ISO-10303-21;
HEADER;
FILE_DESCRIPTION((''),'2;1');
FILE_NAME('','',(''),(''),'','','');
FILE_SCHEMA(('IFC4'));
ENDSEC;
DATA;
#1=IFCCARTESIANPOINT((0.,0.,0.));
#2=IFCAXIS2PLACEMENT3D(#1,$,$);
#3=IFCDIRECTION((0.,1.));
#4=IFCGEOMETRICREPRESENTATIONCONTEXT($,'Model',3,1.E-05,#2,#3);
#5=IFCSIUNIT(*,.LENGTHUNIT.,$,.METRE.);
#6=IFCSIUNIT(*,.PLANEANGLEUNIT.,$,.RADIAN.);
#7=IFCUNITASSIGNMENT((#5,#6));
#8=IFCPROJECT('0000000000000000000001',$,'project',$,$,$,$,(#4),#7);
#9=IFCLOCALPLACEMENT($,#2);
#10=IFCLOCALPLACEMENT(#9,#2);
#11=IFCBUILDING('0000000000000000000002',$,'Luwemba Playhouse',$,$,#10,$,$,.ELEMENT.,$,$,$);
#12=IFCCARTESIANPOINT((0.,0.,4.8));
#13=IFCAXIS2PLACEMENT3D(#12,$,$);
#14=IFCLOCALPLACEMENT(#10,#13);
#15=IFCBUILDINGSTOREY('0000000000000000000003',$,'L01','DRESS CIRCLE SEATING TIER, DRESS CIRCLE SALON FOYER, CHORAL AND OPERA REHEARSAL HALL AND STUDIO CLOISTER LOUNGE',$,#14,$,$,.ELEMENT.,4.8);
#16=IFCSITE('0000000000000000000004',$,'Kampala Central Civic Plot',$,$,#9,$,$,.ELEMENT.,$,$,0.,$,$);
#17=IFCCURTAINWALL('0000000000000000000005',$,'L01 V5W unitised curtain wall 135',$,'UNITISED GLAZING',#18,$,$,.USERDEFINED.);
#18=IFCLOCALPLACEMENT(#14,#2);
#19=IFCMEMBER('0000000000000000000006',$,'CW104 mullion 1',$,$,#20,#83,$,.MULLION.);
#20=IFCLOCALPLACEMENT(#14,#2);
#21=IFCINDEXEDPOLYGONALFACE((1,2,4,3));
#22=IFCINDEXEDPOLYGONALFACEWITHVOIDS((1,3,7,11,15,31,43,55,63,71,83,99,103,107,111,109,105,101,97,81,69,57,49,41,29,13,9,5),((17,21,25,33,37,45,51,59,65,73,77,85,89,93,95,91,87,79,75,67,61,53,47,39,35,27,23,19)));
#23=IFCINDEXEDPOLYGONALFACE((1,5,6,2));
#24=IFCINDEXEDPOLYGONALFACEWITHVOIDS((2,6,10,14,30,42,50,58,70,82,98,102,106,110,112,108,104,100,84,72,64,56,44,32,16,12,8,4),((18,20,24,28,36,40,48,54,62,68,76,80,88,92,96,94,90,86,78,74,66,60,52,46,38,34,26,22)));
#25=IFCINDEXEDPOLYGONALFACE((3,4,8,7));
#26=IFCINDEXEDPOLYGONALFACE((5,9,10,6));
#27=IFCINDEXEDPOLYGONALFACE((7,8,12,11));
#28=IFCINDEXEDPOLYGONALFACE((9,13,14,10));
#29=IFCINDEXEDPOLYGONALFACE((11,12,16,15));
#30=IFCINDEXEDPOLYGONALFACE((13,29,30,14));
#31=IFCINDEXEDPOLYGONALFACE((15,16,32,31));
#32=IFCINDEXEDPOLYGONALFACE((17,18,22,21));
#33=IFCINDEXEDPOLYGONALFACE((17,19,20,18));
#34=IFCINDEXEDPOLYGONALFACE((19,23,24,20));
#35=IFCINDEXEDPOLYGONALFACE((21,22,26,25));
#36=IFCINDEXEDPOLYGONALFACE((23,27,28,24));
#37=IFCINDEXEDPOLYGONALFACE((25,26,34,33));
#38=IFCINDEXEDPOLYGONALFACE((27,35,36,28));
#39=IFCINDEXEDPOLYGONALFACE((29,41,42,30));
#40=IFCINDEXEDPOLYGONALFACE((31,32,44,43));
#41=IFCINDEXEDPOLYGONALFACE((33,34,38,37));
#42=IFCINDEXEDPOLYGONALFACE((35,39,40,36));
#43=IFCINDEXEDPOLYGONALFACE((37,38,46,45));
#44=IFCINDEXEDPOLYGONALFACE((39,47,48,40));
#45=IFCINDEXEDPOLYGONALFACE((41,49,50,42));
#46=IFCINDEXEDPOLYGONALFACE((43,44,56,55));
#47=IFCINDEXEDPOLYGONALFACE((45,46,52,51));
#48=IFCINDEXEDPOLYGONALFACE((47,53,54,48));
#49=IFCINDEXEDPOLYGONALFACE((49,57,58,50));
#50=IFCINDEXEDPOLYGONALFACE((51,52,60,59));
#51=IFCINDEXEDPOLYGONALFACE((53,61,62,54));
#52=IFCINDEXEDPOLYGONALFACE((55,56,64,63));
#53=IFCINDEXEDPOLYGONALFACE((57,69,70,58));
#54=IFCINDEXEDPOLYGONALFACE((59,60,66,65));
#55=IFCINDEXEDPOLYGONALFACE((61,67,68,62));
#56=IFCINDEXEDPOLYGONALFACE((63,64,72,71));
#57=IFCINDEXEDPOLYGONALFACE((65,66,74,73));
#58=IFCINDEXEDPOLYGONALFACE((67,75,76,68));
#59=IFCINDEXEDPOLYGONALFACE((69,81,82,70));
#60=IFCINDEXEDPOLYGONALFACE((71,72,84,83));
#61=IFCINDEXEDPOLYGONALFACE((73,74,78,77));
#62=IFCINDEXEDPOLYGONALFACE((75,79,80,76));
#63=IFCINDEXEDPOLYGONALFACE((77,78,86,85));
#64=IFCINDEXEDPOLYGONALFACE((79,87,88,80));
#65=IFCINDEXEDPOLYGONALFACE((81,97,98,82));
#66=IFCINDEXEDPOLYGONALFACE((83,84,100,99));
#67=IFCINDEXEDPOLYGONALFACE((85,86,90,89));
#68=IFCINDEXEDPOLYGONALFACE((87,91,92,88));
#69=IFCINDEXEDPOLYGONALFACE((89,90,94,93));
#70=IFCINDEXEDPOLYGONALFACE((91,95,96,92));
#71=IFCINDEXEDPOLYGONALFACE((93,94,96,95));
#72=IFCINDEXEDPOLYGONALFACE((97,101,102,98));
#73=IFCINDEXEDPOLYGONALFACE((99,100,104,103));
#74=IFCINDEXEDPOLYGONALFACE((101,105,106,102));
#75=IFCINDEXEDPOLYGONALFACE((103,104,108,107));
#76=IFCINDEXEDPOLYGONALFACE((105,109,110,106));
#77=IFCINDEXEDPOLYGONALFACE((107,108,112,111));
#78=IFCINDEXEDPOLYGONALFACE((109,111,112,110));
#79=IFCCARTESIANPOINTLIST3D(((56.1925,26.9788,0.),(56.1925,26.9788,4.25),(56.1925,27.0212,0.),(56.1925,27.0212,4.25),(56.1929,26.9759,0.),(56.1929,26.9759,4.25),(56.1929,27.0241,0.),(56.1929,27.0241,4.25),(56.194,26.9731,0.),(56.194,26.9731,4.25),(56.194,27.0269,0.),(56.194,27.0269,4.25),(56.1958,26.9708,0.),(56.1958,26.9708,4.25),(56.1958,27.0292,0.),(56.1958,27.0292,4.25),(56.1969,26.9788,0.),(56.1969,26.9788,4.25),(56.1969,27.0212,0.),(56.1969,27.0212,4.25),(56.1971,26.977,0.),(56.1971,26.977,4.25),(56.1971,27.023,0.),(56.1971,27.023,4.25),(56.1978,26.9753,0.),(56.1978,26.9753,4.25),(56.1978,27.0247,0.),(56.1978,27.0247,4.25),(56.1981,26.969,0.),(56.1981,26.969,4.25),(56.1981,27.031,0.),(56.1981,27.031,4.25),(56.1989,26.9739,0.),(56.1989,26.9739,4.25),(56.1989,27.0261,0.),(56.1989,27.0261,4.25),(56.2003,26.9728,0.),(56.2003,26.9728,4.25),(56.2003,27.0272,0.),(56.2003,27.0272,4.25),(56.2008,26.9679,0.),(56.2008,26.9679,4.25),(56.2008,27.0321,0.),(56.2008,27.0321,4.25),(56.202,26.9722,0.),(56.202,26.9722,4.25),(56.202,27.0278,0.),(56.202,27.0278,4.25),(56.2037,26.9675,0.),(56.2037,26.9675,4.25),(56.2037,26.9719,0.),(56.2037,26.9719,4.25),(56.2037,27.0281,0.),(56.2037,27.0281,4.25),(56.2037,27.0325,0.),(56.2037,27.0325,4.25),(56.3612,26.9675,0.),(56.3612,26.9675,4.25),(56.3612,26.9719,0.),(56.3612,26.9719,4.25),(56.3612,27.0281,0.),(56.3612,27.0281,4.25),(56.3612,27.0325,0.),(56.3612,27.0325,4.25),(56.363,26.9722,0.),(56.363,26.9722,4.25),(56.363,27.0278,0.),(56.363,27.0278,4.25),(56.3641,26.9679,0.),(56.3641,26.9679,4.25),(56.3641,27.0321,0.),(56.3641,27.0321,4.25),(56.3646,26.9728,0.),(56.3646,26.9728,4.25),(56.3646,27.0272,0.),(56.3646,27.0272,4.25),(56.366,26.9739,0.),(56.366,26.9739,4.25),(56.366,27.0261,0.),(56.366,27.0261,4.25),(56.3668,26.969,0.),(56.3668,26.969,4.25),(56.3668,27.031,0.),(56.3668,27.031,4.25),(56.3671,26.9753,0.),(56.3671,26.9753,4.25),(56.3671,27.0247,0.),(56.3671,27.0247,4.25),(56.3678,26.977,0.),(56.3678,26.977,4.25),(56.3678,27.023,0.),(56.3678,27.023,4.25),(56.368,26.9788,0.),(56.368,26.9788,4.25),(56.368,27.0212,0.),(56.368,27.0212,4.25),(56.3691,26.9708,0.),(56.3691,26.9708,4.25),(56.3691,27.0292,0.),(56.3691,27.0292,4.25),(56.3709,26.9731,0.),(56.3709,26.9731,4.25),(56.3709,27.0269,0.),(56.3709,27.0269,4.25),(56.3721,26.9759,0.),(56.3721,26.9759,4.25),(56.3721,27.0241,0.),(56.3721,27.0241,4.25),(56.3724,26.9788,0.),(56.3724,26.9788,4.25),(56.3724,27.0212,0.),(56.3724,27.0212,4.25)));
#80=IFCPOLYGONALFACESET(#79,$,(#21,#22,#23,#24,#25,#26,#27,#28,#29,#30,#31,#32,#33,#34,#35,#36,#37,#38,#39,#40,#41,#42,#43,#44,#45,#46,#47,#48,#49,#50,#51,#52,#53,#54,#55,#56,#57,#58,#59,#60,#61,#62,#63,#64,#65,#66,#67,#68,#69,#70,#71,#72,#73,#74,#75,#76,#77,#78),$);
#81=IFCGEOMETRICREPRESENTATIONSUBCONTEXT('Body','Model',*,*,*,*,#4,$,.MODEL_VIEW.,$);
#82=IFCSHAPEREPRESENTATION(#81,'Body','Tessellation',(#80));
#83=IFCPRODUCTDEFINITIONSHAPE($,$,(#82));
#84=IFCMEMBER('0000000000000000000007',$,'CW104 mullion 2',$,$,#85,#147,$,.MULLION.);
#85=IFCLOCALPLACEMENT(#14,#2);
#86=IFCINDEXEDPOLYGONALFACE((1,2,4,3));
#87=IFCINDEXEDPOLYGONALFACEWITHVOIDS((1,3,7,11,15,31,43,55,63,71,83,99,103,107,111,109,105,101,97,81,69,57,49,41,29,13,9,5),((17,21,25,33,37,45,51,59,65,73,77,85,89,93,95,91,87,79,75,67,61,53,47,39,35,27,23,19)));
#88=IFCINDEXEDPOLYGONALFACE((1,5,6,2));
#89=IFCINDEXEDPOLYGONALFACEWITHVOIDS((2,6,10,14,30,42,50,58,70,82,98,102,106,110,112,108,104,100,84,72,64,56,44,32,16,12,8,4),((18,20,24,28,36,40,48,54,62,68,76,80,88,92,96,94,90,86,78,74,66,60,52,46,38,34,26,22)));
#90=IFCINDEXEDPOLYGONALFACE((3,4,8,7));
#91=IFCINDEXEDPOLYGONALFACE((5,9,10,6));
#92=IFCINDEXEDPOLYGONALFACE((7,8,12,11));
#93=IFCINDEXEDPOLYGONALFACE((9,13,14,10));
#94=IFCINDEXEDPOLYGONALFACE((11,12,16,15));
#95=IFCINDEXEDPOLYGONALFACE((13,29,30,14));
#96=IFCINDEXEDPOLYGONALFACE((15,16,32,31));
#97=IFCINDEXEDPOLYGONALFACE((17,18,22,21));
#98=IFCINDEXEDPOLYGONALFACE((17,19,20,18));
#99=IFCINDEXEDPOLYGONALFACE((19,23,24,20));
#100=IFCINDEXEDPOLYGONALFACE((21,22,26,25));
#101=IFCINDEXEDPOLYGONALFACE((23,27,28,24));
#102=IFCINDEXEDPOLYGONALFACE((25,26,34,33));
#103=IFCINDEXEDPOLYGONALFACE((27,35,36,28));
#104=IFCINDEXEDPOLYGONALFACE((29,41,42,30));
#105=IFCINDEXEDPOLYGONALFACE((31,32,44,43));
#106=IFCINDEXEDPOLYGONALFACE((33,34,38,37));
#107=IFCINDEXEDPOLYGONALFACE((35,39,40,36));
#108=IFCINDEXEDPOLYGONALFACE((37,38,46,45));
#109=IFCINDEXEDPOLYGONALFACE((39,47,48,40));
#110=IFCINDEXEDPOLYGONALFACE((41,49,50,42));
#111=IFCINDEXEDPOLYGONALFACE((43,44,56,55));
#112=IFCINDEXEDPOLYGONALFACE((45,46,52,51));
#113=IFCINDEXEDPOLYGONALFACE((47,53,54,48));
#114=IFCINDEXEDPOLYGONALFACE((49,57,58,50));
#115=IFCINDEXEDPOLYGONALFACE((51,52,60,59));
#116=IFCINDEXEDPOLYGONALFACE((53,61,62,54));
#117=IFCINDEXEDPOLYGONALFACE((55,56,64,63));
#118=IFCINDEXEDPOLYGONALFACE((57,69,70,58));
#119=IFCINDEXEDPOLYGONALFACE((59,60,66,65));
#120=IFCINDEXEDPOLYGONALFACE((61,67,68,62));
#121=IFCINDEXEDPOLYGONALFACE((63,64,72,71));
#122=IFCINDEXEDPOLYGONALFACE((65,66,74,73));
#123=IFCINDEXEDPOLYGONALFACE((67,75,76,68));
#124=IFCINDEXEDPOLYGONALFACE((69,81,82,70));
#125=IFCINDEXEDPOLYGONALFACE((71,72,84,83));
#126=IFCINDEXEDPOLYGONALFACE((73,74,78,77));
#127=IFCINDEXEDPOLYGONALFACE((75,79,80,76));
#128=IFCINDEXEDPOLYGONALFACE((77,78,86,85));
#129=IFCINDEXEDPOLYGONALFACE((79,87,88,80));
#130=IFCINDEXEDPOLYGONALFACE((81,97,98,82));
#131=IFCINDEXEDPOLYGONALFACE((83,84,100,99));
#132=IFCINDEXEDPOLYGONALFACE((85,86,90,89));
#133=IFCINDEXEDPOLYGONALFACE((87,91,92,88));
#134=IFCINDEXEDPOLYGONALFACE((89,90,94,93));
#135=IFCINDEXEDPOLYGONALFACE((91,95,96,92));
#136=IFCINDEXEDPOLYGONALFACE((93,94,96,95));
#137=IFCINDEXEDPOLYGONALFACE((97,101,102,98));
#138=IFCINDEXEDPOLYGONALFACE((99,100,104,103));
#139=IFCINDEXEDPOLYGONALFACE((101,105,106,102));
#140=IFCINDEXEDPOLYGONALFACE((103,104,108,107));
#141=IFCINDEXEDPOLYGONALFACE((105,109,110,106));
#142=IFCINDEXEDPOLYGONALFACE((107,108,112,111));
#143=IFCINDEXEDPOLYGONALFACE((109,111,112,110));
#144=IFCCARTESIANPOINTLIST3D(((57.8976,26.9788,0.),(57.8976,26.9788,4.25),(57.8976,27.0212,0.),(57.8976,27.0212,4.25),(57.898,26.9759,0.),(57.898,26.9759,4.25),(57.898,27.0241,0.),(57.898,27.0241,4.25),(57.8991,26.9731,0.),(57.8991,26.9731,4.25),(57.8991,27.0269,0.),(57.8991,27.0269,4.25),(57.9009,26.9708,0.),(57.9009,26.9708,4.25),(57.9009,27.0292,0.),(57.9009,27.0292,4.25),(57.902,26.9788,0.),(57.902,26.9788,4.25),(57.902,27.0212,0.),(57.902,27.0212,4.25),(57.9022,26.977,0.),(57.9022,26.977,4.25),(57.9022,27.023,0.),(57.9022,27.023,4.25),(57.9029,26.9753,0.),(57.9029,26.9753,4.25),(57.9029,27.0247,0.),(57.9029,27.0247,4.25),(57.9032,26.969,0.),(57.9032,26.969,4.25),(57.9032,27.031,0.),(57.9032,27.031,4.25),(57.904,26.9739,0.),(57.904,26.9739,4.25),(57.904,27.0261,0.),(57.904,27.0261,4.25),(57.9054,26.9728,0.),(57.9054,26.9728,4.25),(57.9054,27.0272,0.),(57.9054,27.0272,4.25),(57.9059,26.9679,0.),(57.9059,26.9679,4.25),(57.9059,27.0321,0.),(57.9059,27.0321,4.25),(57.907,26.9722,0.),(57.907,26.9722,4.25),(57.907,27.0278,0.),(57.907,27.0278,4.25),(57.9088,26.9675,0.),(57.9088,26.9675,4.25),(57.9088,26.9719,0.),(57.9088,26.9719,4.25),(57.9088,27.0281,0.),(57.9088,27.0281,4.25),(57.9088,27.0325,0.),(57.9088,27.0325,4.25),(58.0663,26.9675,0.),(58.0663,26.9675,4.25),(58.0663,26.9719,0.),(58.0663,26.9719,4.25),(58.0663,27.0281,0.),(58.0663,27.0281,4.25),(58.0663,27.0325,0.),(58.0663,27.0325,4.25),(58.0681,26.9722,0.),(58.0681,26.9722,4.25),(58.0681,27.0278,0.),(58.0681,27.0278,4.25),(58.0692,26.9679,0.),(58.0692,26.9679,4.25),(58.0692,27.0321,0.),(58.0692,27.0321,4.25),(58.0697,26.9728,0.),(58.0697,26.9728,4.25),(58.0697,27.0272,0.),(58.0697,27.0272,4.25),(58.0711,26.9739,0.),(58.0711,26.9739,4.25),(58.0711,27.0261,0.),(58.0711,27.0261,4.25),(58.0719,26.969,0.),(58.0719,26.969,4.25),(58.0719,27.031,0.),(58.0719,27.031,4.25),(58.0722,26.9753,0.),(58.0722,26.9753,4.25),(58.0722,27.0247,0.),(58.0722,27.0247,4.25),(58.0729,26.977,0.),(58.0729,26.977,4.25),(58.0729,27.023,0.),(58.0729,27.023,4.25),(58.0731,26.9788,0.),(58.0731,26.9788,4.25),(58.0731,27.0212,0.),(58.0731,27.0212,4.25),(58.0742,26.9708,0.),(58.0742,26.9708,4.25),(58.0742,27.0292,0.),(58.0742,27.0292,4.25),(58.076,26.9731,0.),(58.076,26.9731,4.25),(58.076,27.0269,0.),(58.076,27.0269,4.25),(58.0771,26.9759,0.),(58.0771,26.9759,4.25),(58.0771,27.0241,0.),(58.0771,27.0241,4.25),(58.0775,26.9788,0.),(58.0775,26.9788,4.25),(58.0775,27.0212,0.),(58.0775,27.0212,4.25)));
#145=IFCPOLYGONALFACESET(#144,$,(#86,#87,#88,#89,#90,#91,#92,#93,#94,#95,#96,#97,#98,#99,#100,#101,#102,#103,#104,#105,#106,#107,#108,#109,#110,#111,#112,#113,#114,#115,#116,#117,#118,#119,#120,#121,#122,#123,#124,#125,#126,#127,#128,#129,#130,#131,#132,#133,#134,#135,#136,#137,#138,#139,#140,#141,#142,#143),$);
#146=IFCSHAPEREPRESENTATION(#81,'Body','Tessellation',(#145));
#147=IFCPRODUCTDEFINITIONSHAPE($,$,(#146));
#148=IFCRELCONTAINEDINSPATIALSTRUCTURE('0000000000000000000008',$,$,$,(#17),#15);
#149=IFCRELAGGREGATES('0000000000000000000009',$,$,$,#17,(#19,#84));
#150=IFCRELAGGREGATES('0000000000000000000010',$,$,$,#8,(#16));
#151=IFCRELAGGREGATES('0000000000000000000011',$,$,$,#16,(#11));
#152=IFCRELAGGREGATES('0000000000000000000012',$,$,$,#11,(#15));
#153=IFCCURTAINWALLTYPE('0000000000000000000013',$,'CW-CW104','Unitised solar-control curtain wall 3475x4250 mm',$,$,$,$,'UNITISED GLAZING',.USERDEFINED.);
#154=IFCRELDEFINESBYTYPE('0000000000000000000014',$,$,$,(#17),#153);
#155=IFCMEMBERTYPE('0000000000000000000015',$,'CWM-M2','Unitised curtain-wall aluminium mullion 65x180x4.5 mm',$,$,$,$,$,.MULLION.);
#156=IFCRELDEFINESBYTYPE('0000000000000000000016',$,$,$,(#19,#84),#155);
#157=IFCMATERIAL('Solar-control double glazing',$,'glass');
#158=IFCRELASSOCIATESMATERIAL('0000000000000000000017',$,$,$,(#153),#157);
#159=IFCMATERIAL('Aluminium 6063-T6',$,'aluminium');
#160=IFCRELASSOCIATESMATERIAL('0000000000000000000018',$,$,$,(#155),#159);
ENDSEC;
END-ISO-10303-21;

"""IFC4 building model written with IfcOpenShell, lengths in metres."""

from ifc_helpers import new_model, si_unit, direction, frame, origin, origin_2d, place, context, subcontext, project, spatial, hollow_rectangle, extrude, material, material_profile, profile_set, type_object, element, aggregate, save


model = new_model("IFC4")

# Units and contexts
model_context = context("Model", 3, precision=1e-05, world=origin(), true_north=direction((0.0, 1.0)))
body_context = subcontext(model_context, "Body", "Model", "MODEL_VIEW")
ifc_project = project(units=[si_unit("LENGTHUNIT", "METRE"), si_unit("PLANEANGLEUNIT", "RADIAN")], contexts=[model_context])

# Site, building, storey
site_placement = place(None, origin())
site = spatial("IfcSite", under=ifc_project, at=site_placement, Name="Kampala Central Civic Plot", CompositionType="ELEMENT", RefElevation=0.0)
building_placement = place(site_placement, origin())
building = spatial("IfcBuilding", under=site, at=building_placement, Name="Luwemba Playhouse", CompositionType="ELEMENT")
storey_placement = place(building_placement, frame((0.0, 0.0, 4.8)))
storey = spatial("IfcBuildingStorey", under=building, at=storey_placement, Name="L01", Description="DRESS CIRCLE SEATING TIER, DRESS CIRCLE SALON FOYER, CHORAL AND OPERA REHEARSAL HALL AND STUDIO CLOISTER LOUNGE", CompositionType="ELEMENT", Elevation=4.8)

# Curtain wall, members
ifc_material_1 = material(Name="Solar-control double glazing", Category="glass")
ifc_material_2 = material(Name="Aluminium 6063-T6", Category="aluminium")
curtain_wall_type_1 = type_object("IfcCurtainWallType", Name="CW-CW104", Description="Unitised solar-control curtain wall 3475x4250 mm", ElementType="UNITISED GLAZING", PredefinedType="USERDEFINED", material=ifc_material_1)
curtain_wall_1_placement = place(storey_placement, origin())
curtain_wall_1 = element("IfcCurtainWall", 1, at=curtain_wall_1_placement, inside=storey, type_object=curtain_wall_type_1, Name="L01 V5W unitised curtain wall 135", ObjectType="UNITISED GLAZING", PredefinedType="USERDEFINED")
ifc_material_profile_1 = material_profile(ifc_material_2, hollow_rectangle(XDim=0.0649, YDim=0.1799, WallThickness=0.0044, InnerFilletRadius=0.0068, OuterFilletRadius=0.0112, at=origin_2d()))
ifc_profile_set_1 = profile_set([ifc_material_profile_1], Name="Aluminium 6063-T6")
member_type_1 = type_object("IfcMemberType", Name="CWM-M2", Description="Unitised curtain-wall aluminium mullion 65x180x4.5 mm", PredefinedType="MULLION", material=ifc_profile_set_1)
member_1_placement = place(storey_placement, frame((56.2825, 27.0, 0.0), z_axis=(0.0, 0.0, 1.0), x_axis=(0.0, 1.0, 0.0)))
member_1 = element("IfcMember", 2, at=member_1_placement, type_object=member_type_1, Name="CW104 mullion 1", PredefinedType="MULLION", context=body_context, shape_type="SweptSolid", body=[
    extrude(hollow_rectangle(XDim=0.0649, YDim=0.1799, WallThickness=0.0044, InnerFilletRadius=0.0068, OuterFilletRadius=0.0112, at=origin_2d()), origin(), (0.0, 0.0, 1.0), 4.25),
])
member_2_placement = place(storey_placement, frame((57.9875, 27.0, 0.0), z_axis=(0.0, 0.0, 1.0), x_axis=(0.0, 1.0, 0.0)))
member_2 = element("IfcMember", 3, at=member_2_placement, type_object=member_type_1, Name="CW104 mullion 2", PredefinedType="MULLION", context=body_context, shape_type="SweptSolid", body=[
    extrude(hollow_rectangle(XDim=0.0649, YDim=0.1799, WallThickness=0.0044, InnerFilletRadius=0.0068, OuterFilletRadius=0.0112, at=origin_2d()), origin(), (0.0, 0.0, 1.0), 4.25),
])

aggregate(curtain_wall_1, [member_1, member_2])

save(model, "model.ifc")
